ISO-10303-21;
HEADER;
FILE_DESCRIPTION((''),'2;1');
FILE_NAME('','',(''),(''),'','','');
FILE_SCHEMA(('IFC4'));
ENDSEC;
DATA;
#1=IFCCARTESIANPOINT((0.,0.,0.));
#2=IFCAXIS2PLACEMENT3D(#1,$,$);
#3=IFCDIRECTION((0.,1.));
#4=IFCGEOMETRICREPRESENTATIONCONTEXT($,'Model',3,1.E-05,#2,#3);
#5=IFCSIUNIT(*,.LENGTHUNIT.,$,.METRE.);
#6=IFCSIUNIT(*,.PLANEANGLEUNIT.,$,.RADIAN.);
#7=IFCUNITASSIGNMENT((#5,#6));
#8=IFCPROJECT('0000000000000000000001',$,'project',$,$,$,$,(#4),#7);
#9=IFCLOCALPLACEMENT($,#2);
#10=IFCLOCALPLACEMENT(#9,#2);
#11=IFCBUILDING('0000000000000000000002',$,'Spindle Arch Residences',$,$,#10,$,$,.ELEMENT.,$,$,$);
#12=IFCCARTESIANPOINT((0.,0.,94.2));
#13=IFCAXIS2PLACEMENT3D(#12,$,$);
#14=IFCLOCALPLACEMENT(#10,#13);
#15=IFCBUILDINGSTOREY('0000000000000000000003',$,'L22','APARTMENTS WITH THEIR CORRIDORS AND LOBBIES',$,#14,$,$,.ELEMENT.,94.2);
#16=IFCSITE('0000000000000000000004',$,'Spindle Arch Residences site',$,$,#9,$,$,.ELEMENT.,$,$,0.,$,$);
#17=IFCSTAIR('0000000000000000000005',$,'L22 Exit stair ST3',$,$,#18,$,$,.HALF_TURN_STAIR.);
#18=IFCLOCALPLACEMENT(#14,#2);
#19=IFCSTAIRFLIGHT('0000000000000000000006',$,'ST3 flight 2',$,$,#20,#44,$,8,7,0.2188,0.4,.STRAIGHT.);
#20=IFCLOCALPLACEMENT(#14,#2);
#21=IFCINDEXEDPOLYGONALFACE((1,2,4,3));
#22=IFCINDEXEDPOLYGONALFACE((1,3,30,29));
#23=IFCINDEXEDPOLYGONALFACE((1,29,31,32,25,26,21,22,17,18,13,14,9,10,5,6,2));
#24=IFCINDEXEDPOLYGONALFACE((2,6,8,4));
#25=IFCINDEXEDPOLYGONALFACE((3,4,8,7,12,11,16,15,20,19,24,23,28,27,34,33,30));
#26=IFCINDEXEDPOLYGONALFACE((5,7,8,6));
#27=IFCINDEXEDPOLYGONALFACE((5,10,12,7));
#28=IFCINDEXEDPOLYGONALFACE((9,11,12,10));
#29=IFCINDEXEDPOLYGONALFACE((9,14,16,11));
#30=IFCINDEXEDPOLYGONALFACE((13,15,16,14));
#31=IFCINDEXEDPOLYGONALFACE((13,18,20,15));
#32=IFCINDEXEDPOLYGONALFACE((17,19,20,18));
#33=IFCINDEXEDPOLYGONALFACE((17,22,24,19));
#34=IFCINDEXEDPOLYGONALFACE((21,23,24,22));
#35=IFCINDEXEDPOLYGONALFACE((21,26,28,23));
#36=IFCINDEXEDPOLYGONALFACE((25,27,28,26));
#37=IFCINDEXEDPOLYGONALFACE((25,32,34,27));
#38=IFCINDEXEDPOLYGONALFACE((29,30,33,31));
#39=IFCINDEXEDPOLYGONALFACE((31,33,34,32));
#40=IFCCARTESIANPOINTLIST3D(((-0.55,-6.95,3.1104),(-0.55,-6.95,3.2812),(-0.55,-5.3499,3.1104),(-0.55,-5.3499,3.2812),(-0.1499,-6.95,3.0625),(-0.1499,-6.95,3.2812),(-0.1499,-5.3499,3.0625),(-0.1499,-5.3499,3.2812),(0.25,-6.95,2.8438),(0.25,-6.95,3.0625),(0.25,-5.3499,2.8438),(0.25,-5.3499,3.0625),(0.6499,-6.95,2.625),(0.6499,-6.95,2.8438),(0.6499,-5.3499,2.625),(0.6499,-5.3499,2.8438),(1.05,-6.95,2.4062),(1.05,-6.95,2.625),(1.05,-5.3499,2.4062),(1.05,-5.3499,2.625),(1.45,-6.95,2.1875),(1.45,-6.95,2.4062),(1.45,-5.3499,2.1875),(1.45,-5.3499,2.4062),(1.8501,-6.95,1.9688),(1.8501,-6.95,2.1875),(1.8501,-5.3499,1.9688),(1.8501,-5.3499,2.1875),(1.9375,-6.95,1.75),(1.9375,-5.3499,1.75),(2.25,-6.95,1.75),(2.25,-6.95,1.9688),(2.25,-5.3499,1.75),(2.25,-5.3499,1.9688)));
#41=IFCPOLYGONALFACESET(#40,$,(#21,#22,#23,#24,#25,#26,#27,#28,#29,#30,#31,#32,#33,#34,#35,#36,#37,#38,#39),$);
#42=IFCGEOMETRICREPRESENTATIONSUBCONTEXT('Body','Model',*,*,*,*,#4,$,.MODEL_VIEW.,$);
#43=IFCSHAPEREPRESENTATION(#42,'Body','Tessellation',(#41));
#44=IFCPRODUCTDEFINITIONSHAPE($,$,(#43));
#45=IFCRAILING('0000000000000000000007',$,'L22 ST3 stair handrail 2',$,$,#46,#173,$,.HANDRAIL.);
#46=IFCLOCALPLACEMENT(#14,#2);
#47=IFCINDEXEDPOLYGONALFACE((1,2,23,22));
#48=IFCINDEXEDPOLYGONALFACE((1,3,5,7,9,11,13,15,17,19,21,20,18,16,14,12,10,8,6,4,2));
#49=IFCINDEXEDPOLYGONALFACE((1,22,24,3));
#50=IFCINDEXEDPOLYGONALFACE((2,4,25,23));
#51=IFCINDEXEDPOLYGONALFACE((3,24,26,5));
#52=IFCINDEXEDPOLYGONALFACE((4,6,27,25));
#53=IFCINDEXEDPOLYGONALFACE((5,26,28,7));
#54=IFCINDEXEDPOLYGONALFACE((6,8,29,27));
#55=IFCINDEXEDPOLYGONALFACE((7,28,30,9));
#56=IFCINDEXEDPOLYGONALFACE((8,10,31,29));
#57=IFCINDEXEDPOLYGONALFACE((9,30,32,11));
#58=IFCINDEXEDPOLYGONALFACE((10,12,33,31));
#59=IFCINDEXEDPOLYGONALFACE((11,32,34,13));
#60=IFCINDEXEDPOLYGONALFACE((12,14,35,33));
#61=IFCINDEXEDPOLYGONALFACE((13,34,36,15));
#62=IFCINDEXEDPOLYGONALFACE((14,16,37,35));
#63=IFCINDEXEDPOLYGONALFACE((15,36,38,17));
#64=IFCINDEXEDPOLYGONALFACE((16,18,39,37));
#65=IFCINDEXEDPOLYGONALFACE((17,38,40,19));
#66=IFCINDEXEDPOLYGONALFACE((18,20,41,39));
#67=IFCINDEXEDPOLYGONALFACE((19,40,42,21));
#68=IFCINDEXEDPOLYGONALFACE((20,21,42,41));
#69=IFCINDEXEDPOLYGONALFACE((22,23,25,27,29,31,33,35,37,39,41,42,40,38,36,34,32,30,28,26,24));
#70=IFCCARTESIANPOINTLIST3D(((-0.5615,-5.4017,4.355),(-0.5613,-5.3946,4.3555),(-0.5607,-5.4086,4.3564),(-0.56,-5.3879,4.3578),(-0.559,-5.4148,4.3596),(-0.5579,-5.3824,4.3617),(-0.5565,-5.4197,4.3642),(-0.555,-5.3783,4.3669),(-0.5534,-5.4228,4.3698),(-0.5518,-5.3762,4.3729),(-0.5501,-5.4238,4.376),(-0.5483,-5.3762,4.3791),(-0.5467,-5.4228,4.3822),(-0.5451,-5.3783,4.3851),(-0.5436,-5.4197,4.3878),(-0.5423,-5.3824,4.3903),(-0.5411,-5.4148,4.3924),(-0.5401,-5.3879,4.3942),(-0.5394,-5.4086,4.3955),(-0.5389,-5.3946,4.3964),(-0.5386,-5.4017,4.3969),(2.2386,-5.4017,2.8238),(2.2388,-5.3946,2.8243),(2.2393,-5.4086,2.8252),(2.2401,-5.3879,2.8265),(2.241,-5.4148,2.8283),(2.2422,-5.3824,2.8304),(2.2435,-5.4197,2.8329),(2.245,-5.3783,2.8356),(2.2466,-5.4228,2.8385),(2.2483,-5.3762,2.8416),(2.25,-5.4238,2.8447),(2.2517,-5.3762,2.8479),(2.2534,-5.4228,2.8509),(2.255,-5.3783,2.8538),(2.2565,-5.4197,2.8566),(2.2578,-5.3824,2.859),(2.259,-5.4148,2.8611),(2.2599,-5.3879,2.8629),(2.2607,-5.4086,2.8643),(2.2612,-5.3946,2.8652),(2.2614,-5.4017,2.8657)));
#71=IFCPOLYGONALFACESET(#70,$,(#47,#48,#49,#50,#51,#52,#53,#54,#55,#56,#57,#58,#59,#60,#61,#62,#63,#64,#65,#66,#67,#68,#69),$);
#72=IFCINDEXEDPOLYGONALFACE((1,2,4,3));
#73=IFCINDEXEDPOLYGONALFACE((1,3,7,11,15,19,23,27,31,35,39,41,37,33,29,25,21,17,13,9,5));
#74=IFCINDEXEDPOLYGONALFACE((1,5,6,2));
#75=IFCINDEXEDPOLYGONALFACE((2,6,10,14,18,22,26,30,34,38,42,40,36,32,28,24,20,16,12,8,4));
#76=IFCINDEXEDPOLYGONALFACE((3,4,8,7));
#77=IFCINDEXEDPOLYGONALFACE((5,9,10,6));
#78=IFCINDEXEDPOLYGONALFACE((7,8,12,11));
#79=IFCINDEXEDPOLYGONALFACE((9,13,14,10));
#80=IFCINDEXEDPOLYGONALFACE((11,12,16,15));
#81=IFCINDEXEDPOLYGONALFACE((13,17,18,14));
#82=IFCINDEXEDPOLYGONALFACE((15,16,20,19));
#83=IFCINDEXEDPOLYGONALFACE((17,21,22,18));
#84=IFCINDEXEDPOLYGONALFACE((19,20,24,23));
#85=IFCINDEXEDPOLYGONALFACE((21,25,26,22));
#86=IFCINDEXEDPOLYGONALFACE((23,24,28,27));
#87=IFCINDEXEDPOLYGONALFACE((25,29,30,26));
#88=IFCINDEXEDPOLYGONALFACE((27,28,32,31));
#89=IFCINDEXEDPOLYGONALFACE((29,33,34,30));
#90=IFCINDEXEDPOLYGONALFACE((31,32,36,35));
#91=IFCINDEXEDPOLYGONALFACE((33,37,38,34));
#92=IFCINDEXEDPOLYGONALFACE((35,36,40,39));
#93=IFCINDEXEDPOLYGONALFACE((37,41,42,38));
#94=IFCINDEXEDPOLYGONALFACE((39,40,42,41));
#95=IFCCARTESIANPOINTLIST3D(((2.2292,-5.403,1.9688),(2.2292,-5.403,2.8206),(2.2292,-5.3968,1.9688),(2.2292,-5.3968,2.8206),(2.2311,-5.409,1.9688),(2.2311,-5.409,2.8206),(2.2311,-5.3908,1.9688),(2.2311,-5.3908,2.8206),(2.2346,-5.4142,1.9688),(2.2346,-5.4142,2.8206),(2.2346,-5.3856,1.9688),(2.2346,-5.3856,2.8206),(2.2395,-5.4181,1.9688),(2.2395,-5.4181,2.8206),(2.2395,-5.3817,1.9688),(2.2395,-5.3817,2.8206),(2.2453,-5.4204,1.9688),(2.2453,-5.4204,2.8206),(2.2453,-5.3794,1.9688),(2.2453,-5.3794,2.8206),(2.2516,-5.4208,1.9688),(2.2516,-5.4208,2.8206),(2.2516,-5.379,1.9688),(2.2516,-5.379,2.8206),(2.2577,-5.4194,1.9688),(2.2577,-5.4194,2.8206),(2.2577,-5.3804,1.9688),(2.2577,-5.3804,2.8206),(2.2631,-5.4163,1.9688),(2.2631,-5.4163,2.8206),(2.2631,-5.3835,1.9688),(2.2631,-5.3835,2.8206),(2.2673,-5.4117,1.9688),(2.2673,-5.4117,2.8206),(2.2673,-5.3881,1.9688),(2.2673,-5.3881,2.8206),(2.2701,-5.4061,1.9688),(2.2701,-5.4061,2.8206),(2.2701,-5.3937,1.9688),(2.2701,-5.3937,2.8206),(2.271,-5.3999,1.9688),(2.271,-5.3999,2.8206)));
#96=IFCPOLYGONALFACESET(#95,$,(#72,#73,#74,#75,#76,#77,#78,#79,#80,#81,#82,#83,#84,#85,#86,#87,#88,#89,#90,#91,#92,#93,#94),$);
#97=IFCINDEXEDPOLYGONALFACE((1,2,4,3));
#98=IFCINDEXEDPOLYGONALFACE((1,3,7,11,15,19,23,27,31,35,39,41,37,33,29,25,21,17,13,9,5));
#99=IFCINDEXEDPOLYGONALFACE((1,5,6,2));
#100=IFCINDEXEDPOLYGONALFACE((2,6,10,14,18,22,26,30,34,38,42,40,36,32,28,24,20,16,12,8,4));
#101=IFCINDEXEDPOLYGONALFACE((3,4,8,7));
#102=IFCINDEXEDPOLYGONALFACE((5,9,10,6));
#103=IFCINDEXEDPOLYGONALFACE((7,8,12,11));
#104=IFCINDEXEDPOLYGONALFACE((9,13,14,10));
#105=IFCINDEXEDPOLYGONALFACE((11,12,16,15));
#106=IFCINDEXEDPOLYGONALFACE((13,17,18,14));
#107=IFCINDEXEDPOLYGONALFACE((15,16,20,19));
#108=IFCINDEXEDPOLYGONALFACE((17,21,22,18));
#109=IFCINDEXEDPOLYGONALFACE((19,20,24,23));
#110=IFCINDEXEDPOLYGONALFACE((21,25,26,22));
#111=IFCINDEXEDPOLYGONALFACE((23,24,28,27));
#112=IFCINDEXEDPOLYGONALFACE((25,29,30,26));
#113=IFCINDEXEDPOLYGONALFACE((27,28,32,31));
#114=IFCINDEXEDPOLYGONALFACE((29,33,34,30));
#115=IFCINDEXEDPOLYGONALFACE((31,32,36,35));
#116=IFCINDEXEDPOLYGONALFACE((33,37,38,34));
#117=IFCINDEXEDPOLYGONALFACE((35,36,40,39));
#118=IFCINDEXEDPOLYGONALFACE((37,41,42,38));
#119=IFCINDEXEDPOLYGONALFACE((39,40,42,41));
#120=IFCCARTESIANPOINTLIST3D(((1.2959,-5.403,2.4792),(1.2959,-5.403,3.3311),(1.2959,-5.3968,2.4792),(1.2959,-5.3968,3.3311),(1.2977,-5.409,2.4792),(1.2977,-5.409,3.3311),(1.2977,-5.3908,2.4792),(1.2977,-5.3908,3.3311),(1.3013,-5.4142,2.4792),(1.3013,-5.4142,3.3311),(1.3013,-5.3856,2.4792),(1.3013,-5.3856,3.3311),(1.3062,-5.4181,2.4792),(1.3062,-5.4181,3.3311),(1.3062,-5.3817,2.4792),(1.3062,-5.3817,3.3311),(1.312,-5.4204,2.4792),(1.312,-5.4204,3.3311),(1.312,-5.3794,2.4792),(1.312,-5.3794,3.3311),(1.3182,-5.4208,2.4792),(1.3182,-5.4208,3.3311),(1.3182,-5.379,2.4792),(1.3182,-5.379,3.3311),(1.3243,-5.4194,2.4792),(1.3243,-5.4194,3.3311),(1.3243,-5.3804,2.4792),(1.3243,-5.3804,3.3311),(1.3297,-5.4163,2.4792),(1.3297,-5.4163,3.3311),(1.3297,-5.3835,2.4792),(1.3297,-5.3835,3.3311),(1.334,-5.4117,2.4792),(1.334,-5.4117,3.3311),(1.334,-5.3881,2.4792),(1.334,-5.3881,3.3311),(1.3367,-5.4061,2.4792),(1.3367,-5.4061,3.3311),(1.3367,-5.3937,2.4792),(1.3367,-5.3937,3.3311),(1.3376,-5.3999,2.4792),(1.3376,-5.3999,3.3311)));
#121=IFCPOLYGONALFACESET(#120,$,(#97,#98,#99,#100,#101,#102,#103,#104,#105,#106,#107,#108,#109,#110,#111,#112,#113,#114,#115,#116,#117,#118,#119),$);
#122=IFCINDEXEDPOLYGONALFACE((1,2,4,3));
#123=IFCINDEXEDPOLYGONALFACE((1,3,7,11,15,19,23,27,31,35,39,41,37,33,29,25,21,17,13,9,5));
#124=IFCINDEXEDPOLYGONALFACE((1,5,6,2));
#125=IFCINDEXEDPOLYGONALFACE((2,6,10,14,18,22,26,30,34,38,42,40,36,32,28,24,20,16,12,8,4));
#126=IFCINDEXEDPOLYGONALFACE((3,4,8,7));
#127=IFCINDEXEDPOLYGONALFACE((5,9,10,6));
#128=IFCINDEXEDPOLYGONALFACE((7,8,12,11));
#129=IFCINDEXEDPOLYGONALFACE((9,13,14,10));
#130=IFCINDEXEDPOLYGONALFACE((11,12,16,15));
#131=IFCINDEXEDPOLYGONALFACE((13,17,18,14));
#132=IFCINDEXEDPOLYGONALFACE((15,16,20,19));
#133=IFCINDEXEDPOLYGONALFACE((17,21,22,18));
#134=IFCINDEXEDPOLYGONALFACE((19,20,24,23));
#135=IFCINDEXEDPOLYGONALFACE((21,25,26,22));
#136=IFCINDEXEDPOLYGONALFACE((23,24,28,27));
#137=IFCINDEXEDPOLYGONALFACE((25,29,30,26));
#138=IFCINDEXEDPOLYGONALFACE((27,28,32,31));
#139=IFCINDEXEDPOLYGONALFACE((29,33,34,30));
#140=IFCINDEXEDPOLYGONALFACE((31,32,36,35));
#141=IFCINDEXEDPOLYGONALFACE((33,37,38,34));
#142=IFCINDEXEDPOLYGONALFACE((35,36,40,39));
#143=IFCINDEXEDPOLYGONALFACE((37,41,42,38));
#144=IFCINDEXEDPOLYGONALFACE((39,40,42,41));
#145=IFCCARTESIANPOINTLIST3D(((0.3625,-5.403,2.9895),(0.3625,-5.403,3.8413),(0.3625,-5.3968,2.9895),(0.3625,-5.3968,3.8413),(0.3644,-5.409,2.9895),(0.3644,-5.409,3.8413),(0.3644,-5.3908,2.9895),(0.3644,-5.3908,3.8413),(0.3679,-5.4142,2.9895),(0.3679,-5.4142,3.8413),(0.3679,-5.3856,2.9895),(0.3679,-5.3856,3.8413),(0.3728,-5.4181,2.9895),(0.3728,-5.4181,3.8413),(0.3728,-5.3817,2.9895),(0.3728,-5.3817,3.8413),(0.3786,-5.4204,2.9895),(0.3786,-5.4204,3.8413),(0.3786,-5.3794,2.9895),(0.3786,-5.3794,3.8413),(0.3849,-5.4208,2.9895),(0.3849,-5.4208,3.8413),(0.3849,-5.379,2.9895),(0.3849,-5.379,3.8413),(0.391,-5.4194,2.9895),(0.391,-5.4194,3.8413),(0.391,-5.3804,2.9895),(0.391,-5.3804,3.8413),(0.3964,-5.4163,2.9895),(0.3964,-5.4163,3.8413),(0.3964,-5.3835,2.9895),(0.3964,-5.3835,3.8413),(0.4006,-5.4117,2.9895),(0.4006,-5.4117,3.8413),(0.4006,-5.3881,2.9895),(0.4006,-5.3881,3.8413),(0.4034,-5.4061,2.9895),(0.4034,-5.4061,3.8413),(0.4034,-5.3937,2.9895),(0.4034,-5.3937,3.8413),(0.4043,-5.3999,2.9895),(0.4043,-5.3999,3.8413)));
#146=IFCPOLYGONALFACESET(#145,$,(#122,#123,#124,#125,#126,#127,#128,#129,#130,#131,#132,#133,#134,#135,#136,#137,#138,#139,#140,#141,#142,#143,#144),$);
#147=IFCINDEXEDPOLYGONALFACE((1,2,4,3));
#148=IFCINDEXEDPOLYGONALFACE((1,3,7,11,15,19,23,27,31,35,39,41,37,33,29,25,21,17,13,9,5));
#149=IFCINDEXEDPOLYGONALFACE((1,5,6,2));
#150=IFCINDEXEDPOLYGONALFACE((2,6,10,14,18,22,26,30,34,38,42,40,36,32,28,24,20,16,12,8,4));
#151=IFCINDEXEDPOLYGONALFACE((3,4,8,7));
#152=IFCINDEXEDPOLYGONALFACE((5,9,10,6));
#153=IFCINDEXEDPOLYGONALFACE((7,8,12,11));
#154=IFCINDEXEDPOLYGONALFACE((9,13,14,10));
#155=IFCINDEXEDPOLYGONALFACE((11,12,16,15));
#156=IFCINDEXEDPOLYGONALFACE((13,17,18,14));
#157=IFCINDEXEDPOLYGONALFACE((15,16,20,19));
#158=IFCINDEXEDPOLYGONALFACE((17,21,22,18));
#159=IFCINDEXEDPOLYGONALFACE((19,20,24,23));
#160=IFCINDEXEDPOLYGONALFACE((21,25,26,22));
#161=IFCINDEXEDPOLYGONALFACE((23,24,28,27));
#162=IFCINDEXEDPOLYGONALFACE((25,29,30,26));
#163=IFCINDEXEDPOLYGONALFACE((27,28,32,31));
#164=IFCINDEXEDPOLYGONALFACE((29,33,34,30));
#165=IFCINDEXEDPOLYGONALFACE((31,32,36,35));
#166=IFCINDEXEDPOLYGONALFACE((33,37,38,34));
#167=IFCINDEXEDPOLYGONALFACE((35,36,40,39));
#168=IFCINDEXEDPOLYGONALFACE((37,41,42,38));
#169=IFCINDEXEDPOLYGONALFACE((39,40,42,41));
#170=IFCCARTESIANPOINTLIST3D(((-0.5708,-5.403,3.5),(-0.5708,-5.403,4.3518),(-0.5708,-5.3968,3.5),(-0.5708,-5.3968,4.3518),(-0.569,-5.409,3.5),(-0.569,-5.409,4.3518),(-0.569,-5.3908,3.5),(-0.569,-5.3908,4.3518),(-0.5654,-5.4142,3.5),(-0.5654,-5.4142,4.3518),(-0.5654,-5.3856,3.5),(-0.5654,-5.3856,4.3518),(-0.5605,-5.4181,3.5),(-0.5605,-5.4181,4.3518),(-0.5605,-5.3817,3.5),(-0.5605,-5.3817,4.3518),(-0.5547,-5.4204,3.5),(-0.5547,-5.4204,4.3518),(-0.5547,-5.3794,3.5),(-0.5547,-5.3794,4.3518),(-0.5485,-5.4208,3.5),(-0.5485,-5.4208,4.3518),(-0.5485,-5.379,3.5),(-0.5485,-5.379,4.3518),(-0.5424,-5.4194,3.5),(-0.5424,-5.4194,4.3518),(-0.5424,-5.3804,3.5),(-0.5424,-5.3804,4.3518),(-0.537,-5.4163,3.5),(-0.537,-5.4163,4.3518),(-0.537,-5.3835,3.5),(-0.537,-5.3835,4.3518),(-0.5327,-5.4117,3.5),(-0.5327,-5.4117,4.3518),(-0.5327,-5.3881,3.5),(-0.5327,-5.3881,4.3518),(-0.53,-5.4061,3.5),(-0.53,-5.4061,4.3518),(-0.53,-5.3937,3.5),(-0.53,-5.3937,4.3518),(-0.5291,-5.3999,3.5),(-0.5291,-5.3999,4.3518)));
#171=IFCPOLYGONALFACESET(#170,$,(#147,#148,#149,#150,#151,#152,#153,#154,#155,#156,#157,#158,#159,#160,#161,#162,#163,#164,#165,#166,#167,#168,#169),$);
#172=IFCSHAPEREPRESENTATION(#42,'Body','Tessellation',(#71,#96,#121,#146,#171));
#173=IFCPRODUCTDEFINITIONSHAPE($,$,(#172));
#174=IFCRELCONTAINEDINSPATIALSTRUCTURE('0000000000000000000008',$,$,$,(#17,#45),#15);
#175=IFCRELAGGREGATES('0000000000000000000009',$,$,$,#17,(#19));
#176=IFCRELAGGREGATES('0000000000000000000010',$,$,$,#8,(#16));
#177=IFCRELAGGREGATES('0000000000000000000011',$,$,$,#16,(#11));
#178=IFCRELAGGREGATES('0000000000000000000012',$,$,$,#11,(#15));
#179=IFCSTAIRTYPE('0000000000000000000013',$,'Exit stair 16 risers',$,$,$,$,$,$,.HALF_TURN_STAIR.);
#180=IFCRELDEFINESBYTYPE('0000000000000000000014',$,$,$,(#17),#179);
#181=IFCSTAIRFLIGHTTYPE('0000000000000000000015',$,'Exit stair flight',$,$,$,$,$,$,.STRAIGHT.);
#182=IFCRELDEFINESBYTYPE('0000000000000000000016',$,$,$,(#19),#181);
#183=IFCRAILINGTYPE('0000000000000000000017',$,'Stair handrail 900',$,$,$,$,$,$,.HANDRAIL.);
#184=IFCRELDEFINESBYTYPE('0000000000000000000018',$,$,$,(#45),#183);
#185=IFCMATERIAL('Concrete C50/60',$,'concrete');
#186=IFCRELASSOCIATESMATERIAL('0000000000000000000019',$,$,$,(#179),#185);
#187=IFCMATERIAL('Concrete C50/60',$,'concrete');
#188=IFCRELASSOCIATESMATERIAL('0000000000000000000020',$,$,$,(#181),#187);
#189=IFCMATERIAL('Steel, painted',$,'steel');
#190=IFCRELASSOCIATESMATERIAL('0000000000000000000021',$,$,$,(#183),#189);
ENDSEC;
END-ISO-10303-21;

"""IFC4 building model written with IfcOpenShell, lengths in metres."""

from ifc_helpers import new_model, si_unit, direction, frame, origin, origin_2d, place, context, subcontext, project, spatial, polyline, circle, outline, extrude, material, type_object, element, aggregate, save


model = new_model("IFC4")

# Units and contexts
model_context = context("Model", 3, precision=1e-05, world=origin(), true_north=direction((0.0, 1.0)))
body_context = subcontext(model_context, "Body", "Model", "MODEL_VIEW")
ifc_project = project(units=[si_unit("LENGTHUNIT", "METRE"), si_unit("PLANEANGLEUNIT", "RADIAN")], contexts=[model_context])

# Site, building, storey
site_placement = place(None, origin())
site = spatial("IfcSite", under=ifc_project, at=site_placement, Name="Spindle Arch Residences site", CompositionType="ELEMENT", RefElevation=0.0)
building_placement = place(site_placement, origin())
building = spatial("IfcBuilding", under=site, at=building_placement, Name="Spindle Arch Residences", CompositionType="ELEMENT")
storey_placement = place(building_placement, frame((0.0, 0.0, 94.2)))
storey = spatial("IfcBuildingStorey", under=building, at=storey_placement, Name="L22", Description="APARTMENTS WITH THEIR CORRIDORS AND LOBBIES", CompositionType="ELEMENT", Elevation=94.2)

# Stair, stair flight
ifc_material_1 = material(Name="Concrete C50/60", Category="concrete")
stair_type = type_object("IfcStairType", Name="Exit stair 16 risers", PredefinedType="HALF_TURN_STAIR", material=ifc_material_1)
stair_placement = place(storey_placement, origin())
stair = element("IfcStair", 1, at=stair_placement, inside=storey, type_object=stair_type, Name="L22 Exit stair ST3", PredefinedType="HALF_TURN_STAIR")
ifc_material_2 = material(Name="Concrete C50/60", Category="concrete")
stair_flight_type = type_object("IfcStairFlightType", Name="Exit stair flight", PredefinedType="STRAIGHT", material=ifc_material_2)
stair_flight_placement = place(storey_placement, frame((2.25, -6.1499, 1.75), z_axis=(0.0, 0.0, 1.0), x_axis=(-1.0, 0.0, 0.0)))
stair_flight = element("IfcStairFlight", 2, at=stair_flight_placement, type_object=stair_flight_type, Name="ST3 flight 2", NumberOfRisers=8, NumberOfTreads=7, PredefinedType="STRAIGHT", RiserHeight=0.2188, TreadLength=0.4, context=body_context, shape_type="SweptSolid", body=[
    extrude(outline(polyline([(0.0, 0.0), (0.0, 0.2188), (0.3999, 0.2188), (0.3999, 0.4375), (0.8, 0.4375), (0.8, 0.6562), (1.2, 0.6562), (1.2, 0.875), (1.6001, 0.875), (1.6001, 1.0938), (2.0, 1.0938), (2.0, 1.3125), (2.3999, 1.3125), (2.3999, 1.5312), (2.8, 1.5312), (2.8, 1.75), (2.8, 1.3604), (0.3125, 0.0), (0.0, 0.0)])), frame((0.0, 0.8, 0.0), z_axis=(0.0, -1.0, 0.0), x_axis=(1.0, 0.0, 0.0)), (0.0, 0.0, 1.0), 1.6001),
])
aggregate(stair, [stair_flight])

# Railing
ifc_material_3 = material(Name="Steel, painted", Category="steel")
railing_type = type_object("IfcRailingType", Name="Stair handrail 900", PredefinedType="HANDRAIL", material=ifc_material_3)
railing_placement = place(storey_placement, frame((2.25, -5.3999, 1.9688)))
element("IfcRailing", 3, at=railing_placement, inside=storey, type_object=railing_type, Name="L22 ST3 stair handrail 2", PredefinedType="HANDRAIL", context=body_context, shape_type="SweptSolid", body=[
    extrude(circle(Radius=0.0239, at=origin_2d()), frame((0.0, 0.0, 0.876), z_axis=(-0.877375, 0.0, 0.479806), x_axis=(0.0, -1.0, 0.0)), (0.0, 0.0, 1.0), 3.1914),
    extrude(circle(Radius=0.021, at=origin_2d()), origin(), (0.0, 0.0, 1.0), 0.8518),
    extrude(circle(Radius=0.021, at=origin_2d()), frame((-0.9333, 0.0, 0.5105)), (0.0, 0.0, 1.0), 0.8518),
    extrude(circle(Radius=0.021, at=origin_2d()), frame((-1.8667, 0.0, 1.0208)), (0.0, 0.0, 1.0), 0.8518),
    extrude(circle(Radius=0.021, at=origin_2d()), frame((-2.8, 0.0, 1.5312)), (0.0, 0.0, 1.0), 0.8518),
])

save(model, "model.ifc")
